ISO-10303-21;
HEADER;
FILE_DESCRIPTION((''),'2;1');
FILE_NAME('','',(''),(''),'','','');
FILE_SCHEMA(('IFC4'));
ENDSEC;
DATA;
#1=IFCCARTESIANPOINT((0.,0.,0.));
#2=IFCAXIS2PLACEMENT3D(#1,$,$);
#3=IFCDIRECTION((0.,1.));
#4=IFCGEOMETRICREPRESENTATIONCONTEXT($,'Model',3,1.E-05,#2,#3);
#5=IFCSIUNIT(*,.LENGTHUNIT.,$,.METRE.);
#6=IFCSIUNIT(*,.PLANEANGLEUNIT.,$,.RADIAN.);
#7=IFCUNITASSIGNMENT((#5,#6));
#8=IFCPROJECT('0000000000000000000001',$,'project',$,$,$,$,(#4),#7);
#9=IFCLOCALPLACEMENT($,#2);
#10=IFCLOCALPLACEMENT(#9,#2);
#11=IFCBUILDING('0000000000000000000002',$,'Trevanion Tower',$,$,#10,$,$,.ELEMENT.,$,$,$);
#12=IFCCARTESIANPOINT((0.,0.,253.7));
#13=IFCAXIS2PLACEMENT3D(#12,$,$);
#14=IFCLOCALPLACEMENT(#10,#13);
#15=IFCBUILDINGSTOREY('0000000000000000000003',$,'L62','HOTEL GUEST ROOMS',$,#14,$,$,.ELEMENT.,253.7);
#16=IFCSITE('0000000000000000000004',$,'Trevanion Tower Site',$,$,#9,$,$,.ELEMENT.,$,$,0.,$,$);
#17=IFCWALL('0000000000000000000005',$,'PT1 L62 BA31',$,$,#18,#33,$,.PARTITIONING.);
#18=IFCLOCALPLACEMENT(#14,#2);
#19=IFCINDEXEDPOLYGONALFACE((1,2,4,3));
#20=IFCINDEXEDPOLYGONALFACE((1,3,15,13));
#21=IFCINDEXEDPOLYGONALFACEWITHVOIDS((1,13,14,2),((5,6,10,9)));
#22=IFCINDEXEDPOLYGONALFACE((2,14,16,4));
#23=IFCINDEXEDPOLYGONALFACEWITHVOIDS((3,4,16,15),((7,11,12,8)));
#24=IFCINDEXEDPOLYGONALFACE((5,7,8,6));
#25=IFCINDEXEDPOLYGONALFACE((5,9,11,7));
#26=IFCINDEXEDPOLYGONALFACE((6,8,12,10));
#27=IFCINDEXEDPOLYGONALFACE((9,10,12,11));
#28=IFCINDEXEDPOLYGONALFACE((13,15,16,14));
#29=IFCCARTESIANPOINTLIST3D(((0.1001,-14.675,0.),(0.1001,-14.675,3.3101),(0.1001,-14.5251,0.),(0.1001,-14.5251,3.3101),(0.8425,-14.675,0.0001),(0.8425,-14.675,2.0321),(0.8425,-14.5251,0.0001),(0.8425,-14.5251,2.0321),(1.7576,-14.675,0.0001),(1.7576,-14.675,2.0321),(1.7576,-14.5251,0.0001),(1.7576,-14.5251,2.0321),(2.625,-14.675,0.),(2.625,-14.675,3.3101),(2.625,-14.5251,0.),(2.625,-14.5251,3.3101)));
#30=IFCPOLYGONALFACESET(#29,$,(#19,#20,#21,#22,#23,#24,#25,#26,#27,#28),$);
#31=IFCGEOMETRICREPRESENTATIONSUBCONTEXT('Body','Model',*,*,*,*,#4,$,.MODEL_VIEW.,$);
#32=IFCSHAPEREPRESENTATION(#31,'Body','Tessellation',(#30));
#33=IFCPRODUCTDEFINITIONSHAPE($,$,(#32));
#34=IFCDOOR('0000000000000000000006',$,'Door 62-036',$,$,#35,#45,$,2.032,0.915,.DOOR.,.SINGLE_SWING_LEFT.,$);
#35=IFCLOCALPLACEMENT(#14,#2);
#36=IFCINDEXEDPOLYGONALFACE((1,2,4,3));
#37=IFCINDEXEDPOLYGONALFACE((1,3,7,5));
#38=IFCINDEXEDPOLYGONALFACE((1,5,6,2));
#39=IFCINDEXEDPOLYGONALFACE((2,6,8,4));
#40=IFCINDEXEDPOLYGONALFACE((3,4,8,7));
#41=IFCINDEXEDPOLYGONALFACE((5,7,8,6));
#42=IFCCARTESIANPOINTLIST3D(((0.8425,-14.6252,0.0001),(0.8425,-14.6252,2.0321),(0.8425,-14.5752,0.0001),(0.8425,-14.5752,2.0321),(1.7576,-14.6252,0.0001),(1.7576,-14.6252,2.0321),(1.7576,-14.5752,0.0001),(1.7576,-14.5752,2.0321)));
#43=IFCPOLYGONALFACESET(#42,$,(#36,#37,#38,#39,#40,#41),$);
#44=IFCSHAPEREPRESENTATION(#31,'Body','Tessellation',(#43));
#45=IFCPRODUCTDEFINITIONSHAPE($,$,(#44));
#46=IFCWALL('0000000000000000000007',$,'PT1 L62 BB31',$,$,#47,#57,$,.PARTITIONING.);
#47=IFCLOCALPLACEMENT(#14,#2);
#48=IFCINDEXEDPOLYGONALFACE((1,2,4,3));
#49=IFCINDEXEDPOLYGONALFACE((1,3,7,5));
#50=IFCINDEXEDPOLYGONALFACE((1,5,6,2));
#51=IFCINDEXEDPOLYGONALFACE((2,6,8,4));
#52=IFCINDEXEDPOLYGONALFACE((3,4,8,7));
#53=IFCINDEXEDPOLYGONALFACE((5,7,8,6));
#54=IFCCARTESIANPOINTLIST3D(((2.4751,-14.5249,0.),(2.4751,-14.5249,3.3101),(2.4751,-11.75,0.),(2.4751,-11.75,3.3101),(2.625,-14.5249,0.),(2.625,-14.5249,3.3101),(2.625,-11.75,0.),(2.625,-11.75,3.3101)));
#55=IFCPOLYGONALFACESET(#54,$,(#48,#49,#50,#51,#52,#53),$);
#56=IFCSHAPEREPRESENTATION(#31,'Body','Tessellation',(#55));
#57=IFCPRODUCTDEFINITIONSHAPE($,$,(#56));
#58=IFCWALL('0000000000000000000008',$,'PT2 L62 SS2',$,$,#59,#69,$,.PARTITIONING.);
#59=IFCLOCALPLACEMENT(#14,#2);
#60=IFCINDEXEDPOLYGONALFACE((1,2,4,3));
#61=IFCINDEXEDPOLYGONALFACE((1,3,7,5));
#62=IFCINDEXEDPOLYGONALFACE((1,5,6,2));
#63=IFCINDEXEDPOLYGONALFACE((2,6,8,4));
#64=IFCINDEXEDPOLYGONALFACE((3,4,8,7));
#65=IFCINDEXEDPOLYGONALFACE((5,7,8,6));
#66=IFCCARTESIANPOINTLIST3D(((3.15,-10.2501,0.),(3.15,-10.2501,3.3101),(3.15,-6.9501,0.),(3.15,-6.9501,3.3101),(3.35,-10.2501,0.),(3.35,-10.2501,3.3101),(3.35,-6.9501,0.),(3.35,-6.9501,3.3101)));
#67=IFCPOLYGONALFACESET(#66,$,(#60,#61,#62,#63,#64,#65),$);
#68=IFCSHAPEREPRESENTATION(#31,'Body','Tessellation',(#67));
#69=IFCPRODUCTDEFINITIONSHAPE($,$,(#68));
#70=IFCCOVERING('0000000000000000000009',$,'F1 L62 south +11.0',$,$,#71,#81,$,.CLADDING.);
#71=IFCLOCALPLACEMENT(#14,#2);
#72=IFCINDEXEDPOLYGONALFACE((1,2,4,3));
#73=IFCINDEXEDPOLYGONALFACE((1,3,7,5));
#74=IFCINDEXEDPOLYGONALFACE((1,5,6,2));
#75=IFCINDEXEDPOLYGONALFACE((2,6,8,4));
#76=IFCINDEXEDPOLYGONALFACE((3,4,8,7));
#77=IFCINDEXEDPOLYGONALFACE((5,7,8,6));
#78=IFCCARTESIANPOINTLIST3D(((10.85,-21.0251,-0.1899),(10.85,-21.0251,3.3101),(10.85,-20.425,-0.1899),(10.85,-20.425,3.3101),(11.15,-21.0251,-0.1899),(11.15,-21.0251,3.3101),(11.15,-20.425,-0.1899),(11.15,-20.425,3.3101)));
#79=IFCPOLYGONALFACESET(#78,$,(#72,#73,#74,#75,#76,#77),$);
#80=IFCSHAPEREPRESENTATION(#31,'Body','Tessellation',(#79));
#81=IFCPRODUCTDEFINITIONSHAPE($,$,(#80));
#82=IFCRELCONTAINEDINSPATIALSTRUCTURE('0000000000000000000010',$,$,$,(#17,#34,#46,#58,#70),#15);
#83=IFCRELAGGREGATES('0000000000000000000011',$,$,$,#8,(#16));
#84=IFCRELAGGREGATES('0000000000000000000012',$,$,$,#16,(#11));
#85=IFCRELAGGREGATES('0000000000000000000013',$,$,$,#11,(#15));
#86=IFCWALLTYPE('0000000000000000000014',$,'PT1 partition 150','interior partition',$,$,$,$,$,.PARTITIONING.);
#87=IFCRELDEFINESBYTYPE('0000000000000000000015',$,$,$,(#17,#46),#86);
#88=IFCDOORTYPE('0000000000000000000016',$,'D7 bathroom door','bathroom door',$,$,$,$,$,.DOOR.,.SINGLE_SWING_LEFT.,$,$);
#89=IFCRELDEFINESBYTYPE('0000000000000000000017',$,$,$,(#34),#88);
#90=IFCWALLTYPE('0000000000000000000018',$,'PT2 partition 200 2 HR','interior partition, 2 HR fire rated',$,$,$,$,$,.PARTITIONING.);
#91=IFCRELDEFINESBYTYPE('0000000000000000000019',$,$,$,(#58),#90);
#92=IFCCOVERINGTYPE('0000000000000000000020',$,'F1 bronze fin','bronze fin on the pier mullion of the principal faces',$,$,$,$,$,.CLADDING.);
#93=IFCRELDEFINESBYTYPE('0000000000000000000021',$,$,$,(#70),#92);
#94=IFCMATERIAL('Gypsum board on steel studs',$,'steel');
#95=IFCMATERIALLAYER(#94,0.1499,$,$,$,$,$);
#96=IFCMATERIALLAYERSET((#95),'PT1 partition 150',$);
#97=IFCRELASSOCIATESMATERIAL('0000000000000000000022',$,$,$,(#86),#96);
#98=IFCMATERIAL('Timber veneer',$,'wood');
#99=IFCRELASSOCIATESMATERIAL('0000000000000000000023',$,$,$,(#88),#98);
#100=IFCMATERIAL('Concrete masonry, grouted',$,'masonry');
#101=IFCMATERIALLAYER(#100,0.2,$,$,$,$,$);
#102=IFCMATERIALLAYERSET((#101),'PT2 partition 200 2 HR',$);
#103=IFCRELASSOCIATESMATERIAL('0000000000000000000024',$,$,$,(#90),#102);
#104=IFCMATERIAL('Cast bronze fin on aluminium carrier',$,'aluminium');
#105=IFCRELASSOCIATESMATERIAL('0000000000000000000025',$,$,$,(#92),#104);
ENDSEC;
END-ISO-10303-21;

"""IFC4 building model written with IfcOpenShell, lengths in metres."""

from ifc_helpers import new_model, si_unit, direction, frame, frame_2d, origin, origin_2d, place, context, subcontext, project, spatial, rectangle, extrude, material, layer, layer_set, type_object, element, fill, save


model = new_model("IFC4")

# Units and contexts
model_context = context("Model", 3, precision=1e-05, world=origin(), true_north=direction((0.0, 1.0)))
body_context = subcontext(model_context, "Body", "Model", "MODEL_VIEW")
ifc_project = project(units=[si_unit("LENGTHUNIT", "METRE"), si_unit("PLANEANGLEUNIT", "RADIAN")], contexts=[model_context])

# Site, building, storey
site_placement = place(None, origin())
site = spatial("IfcSite", under=ifc_project, at=site_placement, Name="Trevanion Tower Site", CompositionType="ELEMENT", RefElevation=0.0)
building_placement = place(site_placement, origin())
building = spatial("IfcBuilding", under=site, at=building_placement, Name="Trevanion Tower", CompositionType="ELEMENT")
storey_placement = place(building_placement, frame((0.0, 0.0, 253.7)))
storey = spatial("IfcBuildingStorey", under=building, at=storey_placement, Name="L62", Description="HOTEL GUEST ROOMS", CompositionType="ELEMENT", Elevation=253.7)

# Wall, opening, door
ifc_material_1 = material(Name="Gypsum board on steel studs", Category="steel")
ifc_layer_1 = layer(ifc_material_1, 0.1499)
ifc_layer_set_1 = layer_set([ifc_layer_1], Name="PT1 partition 150")
wall_type_1 = type_object("IfcWallType", Name="PT1 partition 150", Description="interior partition", PredefinedType="PARTITIONING", material=ifc_layer_set_1)
wall_1_placement = place(storey_placement, frame((0.1001, -14.6001, 0.0), z_axis=(0.0, 0.0, 1.0), x_axis=(1.0, 0.0, 0.0)))
wall_1 = element("IfcWall", 1, at=wall_1_placement, inside=storey, type_object=wall_type_1, Name="PT1 L62 BA31", PredefinedType="PARTITIONING", context=body_context, shape_type="SweptSolid", body=[
    extrude(rectangle(XDim=2.5249, YDim=0.1499, at=frame_2d((1.2625, 0.0))), origin(), (0.0, 0.0, 1.0), 3.3101),
])
opening_placement = place(wall_1_placement, frame((0.7424, 0.0, 0.0)))
opening = element("IfcOpeningElement", 2, at=opening_placement, cuts=wall_1, PredefinedType="OPENING", context=body_context, shape_type="SweptSolid", body=[
    extrude(rectangle(XDim=0.915, YDim=2.032, at=frame_2d((0.4575, 1.0161))), frame((0.0, 0.085, 0.0), z_axis=(0.0, -1.0, 0.0), x_axis=(1.0, 0.0, 0.0)), (0.0, 0.0, 1.0), 0.1699),
])
ifc_material_2 = material(Name="Timber veneer", Category="wood")
door_type = type_object("IfcDoorType", Name="D7 bathroom door", Description="bathroom door", OperationType="SINGLE_SWING_LEFT", PredefinedType="DOOR", material=ifc_material_2)
door_placement = place(opening_placement, origin())
door = element("IfcDoor", 3, at=door_placement, inside=storey, type_object=door_type, Name="Door 62-036", OperationType="SINGLE_SWING_LEFT", OverallHeight=2.032, OverallWidth=0.915, PredefinedType="DOOR", context=body_context, shape_type="SweptSolid", body=[
    extrude(rectangle(XDim=0.915, YDim=2.032, at=frame_2d((0.4575, 1.0161))), frame((0.0, 0.0249, 0.0), z_axis=(0.0, -1.0, 0.0), x_axis=(1.0, 0.0, 0.0)), (0.0, 0.0, 1.0), 0.05),
])
fill(opening, door)

# Walls
wall_2_placement = place(storey_placement, frame((2.55, -11.75, 0.0), z_axis=(0.0, 0.0, 1.0), x_axis=(0.0, -1.0, 0.0)))
element("IfcWall", 4, at=wall_2_placement, inside=storey, type_object=wall_type_1, Name="PT1 L62 BB31", PredefinedType="PARTITIONING", context=body_context, shape_type="SweptSolid", body=[
    extrude(rectangle(XDim=2.7749, YDim=0.1499, at=frame_2d((1.3875, 0.0))), origin(), (0.0, 0.0, 1.0), 3.3101),
])
ifc_material_3 = material(Name="Concrete masonry, grouted", Category="masonry")
ifc_layer_2 = layer(ifc_material_3, 0.2)
ifc_layer_set_2 = layer_set([ifc_layer_2], Name="PT2 partition 200 2 HR")
wall_type_2 = type_object("IfcWallType", Name="PT2 partition 200 2 HR", Description="interior partition, 2 HR fire rated", PredefinedType="PARTITIONING", material=ifc_layer_set_2)
wall_3_placement = place(storey_placement, frame((3.25, -10.25, 0.0), z_axis=(0.0, 0.0, 1.0), x_axis=(0.0, 1.0, 0.0)))
element("IfcWall", 5, at=wall_3_placement, inside=storey, type_object=wall_type_2, Name="PT2 L62 SS2", PredefinedType="PARTITIONING", context=body_context, shape_type="SweptSolid", body=[
    extrude(rectangle(XDim=3.3, YDim=0.2, at=frame_2d((1.6499, 0.0))), origin(), (0.0, 0.0, 1.0), 3.3101),
])

# Covering
ifc_material_4 = material(Name="Cast bronze fin on aluminium carrier", Category="aluminium")
covering_type = type_object("IfcCoveringType", Name="F1 bronze fin", Description="bronze fin on the pier mullion of the principal faces", PredefinedType="CLADDING", material=ifc_material_4)
covering_placement = place(storey_placement, frame((11.0, -20.7251, -0.1899), z_axis=(0.0, 0.0, 1.0), x_axis=(1.0, 0.0, 0.0)))
element("IfcCovering", 6, at=covering_placement, inside=storey, type_object=covering_type, Name="F1 L62 south +11.0", PredefinedType="CLADDING", context=body_context, shape_type="SweptSolid", body=[
    extrude(rectangle(XDim=0.3, YDim=0.6001, at=origin_2d()), origin(), (0.0, 0.0, 1.0), 3.5),
])

save(model, "model.ifc")
